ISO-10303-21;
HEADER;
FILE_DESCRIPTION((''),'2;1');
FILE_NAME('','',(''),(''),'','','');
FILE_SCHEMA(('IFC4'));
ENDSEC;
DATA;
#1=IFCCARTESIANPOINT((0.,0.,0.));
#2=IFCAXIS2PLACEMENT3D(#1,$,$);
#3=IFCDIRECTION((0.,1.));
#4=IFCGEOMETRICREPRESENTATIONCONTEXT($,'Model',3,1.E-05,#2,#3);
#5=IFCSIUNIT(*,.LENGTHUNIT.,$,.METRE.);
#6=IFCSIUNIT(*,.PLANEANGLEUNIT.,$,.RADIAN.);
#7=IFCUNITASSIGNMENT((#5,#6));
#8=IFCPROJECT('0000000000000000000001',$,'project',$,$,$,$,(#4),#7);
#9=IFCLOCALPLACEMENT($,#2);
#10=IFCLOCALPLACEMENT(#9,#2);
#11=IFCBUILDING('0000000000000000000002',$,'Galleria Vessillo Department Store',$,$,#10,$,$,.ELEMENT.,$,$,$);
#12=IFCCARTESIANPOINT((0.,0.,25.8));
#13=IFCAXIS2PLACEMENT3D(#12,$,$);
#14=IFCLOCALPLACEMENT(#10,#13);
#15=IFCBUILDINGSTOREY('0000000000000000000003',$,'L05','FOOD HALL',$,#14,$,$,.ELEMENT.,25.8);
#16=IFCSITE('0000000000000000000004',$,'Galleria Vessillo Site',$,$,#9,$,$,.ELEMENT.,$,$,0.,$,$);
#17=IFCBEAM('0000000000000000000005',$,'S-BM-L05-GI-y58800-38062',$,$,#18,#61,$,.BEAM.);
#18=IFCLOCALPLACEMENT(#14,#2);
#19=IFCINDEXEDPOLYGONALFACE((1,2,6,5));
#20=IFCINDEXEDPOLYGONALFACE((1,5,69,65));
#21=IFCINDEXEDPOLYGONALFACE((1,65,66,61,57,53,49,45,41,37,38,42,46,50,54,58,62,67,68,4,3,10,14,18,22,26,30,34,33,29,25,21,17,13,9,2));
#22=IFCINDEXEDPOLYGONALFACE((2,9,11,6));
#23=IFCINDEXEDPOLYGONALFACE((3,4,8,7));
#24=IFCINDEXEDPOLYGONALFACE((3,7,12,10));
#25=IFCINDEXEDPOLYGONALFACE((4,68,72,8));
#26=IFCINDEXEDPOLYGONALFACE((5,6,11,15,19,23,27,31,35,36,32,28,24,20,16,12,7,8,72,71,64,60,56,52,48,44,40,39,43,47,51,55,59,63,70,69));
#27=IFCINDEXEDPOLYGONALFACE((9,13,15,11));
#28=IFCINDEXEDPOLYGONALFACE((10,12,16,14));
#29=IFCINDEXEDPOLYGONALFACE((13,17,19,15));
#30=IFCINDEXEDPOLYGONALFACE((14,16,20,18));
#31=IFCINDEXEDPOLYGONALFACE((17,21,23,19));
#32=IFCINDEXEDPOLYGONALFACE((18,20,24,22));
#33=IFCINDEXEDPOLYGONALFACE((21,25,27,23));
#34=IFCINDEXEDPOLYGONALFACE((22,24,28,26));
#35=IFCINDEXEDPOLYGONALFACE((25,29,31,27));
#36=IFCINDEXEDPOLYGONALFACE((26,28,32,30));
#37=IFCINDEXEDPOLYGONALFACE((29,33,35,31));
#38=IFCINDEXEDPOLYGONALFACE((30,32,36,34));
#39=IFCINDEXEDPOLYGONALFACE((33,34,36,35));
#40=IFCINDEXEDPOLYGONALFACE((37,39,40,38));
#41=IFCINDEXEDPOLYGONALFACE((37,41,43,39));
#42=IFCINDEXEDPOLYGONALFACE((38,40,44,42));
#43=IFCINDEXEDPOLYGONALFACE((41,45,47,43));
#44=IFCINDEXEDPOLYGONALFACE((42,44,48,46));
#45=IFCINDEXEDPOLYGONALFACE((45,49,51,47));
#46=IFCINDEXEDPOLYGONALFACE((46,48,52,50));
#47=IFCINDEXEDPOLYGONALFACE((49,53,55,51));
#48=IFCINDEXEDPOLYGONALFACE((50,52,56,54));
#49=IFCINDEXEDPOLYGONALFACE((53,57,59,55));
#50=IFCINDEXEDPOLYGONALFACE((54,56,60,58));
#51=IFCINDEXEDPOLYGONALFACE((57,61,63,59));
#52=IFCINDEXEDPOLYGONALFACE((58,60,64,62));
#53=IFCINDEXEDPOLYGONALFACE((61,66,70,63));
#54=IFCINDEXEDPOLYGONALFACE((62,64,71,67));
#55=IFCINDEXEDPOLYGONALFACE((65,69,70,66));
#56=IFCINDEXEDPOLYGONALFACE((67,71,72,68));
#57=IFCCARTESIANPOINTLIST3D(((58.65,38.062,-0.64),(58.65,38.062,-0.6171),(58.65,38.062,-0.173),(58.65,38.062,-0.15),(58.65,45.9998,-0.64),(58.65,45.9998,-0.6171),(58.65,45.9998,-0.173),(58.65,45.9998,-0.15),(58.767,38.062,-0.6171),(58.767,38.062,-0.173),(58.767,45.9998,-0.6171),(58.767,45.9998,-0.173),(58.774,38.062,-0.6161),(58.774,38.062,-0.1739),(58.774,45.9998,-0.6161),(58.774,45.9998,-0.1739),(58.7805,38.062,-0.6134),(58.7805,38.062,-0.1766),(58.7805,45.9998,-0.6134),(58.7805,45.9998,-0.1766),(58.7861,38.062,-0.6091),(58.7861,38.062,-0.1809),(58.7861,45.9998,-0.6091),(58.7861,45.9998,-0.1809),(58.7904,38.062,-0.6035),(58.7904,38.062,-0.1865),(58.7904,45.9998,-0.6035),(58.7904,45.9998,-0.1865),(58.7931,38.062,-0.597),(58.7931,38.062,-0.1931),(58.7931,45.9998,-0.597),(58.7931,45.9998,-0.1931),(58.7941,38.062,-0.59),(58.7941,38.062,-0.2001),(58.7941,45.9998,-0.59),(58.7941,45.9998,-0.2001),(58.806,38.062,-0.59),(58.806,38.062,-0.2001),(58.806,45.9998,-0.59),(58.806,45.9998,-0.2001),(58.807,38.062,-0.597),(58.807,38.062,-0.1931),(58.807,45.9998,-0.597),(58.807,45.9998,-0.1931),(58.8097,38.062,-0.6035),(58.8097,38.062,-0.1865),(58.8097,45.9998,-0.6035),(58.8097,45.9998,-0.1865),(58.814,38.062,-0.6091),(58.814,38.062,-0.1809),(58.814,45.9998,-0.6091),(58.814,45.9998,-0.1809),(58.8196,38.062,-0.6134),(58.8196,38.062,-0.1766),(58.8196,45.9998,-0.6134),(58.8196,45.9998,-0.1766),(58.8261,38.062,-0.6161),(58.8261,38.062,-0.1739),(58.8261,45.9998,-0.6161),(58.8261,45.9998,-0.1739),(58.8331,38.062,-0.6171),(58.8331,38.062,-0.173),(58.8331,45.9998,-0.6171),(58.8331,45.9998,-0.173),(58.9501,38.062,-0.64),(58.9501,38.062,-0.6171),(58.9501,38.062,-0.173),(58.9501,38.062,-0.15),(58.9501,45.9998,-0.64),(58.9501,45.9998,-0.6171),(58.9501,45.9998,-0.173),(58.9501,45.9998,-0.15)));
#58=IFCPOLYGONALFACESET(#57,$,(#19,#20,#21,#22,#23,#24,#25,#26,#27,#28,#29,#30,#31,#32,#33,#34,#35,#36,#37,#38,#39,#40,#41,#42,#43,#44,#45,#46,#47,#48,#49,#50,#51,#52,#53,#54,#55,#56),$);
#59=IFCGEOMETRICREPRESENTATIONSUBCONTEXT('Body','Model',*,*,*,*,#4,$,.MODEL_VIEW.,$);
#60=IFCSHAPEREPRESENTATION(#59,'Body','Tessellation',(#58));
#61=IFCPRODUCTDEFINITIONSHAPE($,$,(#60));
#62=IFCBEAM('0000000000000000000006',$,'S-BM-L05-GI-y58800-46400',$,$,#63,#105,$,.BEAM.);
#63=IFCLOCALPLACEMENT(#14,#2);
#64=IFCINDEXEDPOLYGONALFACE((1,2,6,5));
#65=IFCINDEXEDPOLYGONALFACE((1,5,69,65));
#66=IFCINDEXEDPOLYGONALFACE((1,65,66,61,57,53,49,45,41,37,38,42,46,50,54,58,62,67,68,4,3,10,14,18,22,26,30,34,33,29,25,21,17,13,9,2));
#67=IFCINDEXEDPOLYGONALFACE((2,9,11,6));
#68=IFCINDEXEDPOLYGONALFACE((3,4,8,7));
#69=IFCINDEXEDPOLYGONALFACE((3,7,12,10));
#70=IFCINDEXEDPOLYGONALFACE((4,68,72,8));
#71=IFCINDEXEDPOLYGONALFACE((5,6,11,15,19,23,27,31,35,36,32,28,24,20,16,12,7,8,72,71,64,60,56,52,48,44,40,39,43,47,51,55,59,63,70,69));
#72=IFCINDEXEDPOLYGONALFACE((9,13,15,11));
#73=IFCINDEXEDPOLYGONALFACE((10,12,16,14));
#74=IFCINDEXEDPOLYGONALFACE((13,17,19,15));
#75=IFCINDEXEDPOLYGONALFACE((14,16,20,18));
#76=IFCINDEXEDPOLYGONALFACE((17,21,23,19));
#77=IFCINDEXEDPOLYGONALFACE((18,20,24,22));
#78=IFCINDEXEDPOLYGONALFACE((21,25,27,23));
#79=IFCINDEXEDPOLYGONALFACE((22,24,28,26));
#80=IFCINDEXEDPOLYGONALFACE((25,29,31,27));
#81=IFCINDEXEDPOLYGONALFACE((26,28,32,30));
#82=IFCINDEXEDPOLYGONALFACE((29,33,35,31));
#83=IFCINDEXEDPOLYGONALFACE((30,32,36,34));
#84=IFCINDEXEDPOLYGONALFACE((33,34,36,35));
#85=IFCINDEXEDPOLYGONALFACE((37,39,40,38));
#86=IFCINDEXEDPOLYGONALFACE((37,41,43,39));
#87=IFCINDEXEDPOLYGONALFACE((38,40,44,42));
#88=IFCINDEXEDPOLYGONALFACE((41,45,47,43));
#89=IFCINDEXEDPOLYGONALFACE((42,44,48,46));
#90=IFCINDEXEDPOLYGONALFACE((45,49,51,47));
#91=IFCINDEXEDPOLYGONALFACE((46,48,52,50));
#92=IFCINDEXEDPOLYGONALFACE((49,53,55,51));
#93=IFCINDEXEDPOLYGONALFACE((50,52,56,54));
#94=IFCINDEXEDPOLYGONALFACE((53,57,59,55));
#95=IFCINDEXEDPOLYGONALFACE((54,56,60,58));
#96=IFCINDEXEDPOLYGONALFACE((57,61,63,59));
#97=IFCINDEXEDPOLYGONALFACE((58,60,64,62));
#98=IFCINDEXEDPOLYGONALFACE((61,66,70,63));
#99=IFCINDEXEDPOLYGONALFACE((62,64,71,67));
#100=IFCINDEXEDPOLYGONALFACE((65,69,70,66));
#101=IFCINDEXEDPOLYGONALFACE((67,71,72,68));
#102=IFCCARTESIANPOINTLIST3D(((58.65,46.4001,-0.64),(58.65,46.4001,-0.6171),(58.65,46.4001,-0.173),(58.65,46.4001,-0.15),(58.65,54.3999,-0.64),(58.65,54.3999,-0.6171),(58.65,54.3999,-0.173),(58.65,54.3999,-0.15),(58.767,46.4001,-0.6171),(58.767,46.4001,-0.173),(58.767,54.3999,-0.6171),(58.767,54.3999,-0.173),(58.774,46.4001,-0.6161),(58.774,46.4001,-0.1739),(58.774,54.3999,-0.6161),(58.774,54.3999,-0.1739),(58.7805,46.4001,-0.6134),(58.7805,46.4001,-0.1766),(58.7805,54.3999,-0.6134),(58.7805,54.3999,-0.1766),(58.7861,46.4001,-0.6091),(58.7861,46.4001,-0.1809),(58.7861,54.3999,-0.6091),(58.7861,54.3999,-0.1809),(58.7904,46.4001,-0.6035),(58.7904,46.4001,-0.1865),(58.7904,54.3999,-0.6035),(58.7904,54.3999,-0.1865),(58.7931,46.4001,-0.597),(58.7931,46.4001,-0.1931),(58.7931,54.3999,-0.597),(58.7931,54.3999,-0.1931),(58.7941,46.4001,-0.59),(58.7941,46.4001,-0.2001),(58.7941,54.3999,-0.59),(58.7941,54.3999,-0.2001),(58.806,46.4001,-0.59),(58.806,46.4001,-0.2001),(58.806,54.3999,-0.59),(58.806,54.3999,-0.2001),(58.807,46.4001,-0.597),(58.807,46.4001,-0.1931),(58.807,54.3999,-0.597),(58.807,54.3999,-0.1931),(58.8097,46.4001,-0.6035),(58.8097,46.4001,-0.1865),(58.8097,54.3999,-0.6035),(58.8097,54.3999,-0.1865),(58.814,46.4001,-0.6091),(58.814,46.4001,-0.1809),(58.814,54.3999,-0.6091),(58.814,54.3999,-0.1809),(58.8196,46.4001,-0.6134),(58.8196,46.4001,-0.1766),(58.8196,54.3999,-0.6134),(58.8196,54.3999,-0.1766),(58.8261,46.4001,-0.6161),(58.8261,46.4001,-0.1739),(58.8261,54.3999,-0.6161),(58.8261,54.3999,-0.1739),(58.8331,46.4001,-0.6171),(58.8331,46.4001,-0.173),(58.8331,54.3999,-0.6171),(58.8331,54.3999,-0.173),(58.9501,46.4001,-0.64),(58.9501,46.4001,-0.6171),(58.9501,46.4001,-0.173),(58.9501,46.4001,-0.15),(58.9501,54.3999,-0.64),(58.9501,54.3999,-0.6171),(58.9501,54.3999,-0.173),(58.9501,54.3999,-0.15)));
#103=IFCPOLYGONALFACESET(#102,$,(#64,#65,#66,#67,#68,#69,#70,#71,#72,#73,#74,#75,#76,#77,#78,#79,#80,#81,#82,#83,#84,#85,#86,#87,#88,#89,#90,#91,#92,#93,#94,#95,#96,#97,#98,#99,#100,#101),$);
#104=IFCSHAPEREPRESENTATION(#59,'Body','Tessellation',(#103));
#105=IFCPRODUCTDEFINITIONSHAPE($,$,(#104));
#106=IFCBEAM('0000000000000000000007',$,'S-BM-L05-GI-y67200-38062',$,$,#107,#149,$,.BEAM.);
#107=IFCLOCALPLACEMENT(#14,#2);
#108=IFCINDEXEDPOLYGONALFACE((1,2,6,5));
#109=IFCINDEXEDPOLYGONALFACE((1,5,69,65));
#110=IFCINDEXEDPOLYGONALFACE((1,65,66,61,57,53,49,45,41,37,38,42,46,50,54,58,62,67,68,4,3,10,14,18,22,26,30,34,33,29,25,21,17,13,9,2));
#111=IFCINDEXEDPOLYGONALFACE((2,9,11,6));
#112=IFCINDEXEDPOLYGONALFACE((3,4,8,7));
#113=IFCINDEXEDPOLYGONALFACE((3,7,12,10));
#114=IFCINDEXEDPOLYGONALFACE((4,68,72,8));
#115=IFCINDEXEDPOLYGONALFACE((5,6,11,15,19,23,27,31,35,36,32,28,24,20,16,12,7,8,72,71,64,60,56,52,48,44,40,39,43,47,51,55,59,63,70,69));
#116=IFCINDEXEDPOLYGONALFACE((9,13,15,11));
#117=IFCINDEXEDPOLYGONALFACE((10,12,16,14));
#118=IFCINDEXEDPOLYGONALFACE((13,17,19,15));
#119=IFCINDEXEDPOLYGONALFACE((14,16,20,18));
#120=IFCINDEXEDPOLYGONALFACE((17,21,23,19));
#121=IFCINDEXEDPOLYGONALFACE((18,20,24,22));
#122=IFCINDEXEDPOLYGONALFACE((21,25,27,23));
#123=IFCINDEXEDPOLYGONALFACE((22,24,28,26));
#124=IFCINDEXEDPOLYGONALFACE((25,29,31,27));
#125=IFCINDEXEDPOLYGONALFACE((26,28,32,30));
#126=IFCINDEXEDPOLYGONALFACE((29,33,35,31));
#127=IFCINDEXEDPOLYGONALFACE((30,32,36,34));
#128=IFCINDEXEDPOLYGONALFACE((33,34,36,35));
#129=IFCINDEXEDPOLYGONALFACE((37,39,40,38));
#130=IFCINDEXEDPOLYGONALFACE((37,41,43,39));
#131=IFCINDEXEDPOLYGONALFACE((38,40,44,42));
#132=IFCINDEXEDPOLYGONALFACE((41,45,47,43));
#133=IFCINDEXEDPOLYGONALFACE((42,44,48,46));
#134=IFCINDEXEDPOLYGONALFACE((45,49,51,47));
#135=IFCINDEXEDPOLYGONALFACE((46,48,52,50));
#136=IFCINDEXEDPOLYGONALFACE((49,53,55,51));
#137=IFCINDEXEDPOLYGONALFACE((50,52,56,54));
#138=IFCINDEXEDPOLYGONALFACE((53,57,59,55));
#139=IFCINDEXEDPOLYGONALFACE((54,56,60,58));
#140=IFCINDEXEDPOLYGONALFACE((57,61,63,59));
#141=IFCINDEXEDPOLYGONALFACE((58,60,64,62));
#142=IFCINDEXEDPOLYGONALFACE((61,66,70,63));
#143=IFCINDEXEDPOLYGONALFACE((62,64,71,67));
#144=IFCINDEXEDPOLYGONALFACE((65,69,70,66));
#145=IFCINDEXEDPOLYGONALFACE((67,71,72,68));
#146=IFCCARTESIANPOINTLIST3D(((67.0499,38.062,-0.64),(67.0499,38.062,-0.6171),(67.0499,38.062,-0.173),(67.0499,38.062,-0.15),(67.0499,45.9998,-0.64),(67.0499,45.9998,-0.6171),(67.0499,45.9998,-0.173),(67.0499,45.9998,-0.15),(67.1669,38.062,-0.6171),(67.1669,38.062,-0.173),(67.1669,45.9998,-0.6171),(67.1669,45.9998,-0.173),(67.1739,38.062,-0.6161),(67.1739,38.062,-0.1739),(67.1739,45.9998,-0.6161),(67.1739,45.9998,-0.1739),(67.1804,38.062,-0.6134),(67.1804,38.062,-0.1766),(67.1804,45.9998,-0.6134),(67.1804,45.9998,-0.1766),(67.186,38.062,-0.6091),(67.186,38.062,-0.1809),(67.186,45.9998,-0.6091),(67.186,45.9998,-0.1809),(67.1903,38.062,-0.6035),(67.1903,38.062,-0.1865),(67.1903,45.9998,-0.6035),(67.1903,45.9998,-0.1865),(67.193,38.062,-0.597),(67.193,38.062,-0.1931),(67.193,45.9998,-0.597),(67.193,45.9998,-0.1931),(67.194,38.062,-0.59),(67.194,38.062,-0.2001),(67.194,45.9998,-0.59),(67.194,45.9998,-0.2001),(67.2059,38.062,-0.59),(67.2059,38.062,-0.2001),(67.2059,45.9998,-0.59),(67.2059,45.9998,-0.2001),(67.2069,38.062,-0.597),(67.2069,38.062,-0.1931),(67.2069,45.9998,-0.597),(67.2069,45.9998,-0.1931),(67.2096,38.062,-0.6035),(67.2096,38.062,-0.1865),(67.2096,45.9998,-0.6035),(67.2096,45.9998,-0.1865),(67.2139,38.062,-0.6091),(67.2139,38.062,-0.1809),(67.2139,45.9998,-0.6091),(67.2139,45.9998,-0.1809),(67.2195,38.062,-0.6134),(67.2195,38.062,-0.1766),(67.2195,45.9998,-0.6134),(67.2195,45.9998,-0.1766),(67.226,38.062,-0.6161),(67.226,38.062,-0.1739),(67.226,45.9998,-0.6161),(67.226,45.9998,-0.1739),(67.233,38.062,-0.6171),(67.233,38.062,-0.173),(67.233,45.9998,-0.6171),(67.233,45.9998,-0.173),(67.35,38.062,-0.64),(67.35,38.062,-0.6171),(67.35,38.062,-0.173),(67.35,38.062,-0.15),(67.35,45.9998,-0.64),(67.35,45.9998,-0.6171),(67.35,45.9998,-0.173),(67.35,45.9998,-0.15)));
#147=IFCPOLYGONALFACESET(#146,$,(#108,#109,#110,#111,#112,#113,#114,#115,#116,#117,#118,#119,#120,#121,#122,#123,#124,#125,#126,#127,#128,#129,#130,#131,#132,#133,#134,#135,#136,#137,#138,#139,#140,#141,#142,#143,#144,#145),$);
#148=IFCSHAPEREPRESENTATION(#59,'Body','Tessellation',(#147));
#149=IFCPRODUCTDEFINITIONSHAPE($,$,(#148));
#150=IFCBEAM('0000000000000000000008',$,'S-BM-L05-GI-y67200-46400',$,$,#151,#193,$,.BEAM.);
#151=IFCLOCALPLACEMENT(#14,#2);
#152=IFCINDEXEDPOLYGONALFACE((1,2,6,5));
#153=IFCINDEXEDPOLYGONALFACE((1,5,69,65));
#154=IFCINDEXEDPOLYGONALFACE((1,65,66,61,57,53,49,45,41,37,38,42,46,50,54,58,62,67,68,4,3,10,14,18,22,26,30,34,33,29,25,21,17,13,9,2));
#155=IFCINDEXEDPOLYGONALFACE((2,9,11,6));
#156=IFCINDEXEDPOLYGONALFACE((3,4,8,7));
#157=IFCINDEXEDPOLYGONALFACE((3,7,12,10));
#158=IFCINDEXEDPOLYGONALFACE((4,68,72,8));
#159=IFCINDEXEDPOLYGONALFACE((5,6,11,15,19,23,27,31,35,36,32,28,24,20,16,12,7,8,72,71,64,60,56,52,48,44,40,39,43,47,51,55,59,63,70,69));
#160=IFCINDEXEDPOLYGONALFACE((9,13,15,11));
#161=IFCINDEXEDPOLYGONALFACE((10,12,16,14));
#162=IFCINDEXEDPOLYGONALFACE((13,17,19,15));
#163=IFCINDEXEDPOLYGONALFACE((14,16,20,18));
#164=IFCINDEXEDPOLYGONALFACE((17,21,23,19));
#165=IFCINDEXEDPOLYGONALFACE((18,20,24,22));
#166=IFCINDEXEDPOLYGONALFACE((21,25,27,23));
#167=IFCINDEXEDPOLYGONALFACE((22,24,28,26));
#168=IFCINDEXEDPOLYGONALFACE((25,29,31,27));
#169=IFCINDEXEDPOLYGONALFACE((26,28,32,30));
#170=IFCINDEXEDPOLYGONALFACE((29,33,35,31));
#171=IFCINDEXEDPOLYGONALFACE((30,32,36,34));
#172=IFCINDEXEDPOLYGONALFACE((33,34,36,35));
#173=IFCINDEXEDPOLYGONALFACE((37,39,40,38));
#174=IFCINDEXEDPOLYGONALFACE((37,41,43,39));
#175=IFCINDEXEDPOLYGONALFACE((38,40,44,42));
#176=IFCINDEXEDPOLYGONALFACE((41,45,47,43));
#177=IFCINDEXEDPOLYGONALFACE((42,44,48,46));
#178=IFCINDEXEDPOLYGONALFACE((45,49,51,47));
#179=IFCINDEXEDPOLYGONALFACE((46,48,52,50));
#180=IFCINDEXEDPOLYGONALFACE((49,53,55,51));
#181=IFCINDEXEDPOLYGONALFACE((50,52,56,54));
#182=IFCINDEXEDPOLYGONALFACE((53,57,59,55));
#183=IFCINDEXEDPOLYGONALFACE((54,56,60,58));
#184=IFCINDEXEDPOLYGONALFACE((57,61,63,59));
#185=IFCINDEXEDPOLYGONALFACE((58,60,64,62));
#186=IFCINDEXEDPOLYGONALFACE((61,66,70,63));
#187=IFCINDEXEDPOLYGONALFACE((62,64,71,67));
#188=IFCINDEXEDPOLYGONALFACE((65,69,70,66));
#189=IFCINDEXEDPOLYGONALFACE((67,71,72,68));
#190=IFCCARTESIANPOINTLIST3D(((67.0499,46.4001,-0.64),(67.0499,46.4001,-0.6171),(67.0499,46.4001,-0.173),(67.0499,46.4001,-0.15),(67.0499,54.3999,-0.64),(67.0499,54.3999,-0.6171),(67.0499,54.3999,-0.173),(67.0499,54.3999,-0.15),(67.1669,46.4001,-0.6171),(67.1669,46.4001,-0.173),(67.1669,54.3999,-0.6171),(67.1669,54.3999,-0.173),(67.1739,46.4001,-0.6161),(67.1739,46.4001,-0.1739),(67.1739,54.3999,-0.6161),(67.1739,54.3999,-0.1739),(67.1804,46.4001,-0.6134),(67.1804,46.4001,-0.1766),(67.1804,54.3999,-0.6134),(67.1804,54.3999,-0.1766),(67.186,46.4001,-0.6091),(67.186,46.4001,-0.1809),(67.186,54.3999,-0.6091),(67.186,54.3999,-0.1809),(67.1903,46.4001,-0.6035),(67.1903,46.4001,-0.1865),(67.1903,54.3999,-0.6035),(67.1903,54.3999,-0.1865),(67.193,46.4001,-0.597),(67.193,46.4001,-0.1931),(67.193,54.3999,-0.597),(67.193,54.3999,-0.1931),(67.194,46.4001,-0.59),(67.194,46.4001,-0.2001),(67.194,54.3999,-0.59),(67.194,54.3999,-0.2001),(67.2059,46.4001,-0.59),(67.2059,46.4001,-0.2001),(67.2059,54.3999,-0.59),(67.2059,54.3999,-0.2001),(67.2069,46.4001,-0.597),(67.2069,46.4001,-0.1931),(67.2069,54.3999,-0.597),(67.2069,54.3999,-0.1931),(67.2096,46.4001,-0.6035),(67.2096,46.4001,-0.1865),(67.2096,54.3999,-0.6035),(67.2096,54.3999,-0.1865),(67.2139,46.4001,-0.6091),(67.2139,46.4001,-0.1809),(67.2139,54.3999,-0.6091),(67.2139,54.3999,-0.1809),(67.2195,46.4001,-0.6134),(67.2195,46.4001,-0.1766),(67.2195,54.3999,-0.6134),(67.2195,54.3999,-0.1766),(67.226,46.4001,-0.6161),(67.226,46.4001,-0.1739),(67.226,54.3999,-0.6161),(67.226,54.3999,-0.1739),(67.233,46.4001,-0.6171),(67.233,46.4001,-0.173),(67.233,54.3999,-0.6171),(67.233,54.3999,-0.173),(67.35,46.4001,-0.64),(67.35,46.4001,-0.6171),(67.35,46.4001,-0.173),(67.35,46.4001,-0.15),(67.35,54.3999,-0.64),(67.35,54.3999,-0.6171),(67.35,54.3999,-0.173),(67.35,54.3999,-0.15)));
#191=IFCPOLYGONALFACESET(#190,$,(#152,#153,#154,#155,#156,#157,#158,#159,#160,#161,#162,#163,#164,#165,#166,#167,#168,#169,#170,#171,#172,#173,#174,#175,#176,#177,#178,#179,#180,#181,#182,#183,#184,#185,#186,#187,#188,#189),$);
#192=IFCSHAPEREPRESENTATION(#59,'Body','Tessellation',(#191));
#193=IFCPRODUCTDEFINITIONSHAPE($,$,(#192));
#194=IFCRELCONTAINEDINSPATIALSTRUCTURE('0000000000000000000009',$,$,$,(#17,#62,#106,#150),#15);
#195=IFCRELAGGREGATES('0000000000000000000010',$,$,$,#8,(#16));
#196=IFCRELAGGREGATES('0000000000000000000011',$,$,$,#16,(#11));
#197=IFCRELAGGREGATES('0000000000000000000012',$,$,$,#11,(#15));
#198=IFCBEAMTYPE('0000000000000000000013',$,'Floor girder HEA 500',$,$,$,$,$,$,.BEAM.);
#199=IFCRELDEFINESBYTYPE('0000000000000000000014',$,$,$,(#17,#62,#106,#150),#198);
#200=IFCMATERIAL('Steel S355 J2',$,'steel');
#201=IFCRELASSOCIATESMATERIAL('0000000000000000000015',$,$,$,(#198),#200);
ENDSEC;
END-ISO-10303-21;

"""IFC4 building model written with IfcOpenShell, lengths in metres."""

from ifc_helpers import new_model, si_unit, direction, frame, origin, origin_2d, place, context, subcontext, project, spatial, i_section, extrude, material, material_profile, profile_set, type_object, element, save


model = new_model("IFC4")

# Units and contexts
model_context = context("Model", 3, precision=1e-05, world=origin(), true_north=direction((0.0, 1.0)))
body_context = subcontext(model_context, "Body", "Model", "MODEL_VIEW")
ifc_project = project(units=[si_unit("LENGTHUNIT", "METRE"), si_unit("PLANEANGLEUNIT", "RADIAN")], contexts=[model_context])

# Site, building, storey
site_placement = place(None, origin())
site = spatial("IfcSite", under=ifc_project, at=site_placement, Name="Galleria Vessillo Site", CompositionType="ELEMENT", RefElevation=0.0)
building_placement = place(site_placement, origin())
building = spatial("IfcBuilding", under=site, at=building_placement, Name="Galleria Vessillo Department Store", CompositionType="ELEMENT")
storey_placement = place(building_placement, frame((0.0, 0.0, 25.8)))
storey = spatial("IfcBuildingStorey", under=building, at=storey_placement, Name="L05", Description="FOOD HALL", CompositionType="ELEMENT", Elevation=25.8)

# Beams
ifc_material_1 = material(Name="Steel S355 J2", Category="steel")
ifc_material_profile_1 = material_profile(ifc_material_1, i_section(OverallWidth=0.3, OverallDepth=0.49, WebThickness=0.012, FlangeThickness=0.0229, FilletRadius=0.0271, at=origin_2d()), Name="HEA 500")
ifc_profile_set_1 = profile_set([ifc_material_profile_1], Name="Steel S355 J2")
beam_type_1 = type_object("IfcBeamType", Name="Floor girder HEA 500", PredefinedType="BEAM", material=ifc_profile_set_1)
beam_1_placement = place(storey_placement, frame((58.8, 38.062, -0.395), z_axis=(0.0, 1.0, 0.0), x_axis=(-1.0, 0.0, 0.0)))
element("IfcBeam", 1, at=beam_1_placement, inside=storey, type_object=beam_type_1, Name="S-BM-L05-GI-y58800-38062", PredefinedType="BEAM", context=body_context, shape_type="SweptSolid", body=[
    extrude(i_section(OverallWidth=0.3, OverallDepth=0.49, WebThickness=0.012, FlangeThickness=0.0229, FilletRadius=0.0271, at=origin_2d()), origin(), (0.0, 0.0, 1.0), 7.9377),
])
beam_2_placement = place(storey_placement, frame((58.8, 46.4001, -0.395), z_axis=(0.0, 1.0, 0.0), x_axis=(-1.0, 0.0, 0.0)))
element("IfcBeam", 2, at=beam_2_placement, inside=storey, type_object=beam_type_1, Name="S-BM-L05-GI-y58800-46400", PredefinedType="BEAM", context=body_context, shape_type="SweptSolid", body=[
    extrude(i_section(OverallWidth=0.3, OverallDepth=0.49, WebThickness=0.012, FlangeThickness=0.0229, FilletRadius=0.0271, at=origin_2d()), origin(), (0.0, 0.0, 1.0), 7.9998),
])
beam_3_placement = place(storey_placement, frame((67.2, 38.062, -0.395), z_axis=(0.0, 1.0, 0.0), x_axis=(-1.0, 0.0, 0.0)))
element("IfcBeam", 3, at=beam_3_placement, inside=storey, type_object=beam_type_1, Name="S-BM-L05-GI-y67200-38062", PredefinedType="BEAM", context=body_context, shape_type="SweptSolid", body=[
    extrude(i_section(OverallWidth=0.3, OverallDepth=0.49, WebThickness=0.012, FlangeThickness=0.0229, FilletRadius=0.0271, at=origin_2d()), origin(), (0.0, 0.0, 1.0), 7.9377),
])
beam_4_placement = place(storey_placement, frame((67.2, 46.4001, -0.395), z_axis=(0.0, 1.0, 0.0), x_axis=(-1.0, 0.0, 0.0)))
element("IfcBeam", 4, at=beam_4_placement, inside=storey, type_object=beam_type_1, Name="S-BM-L05-GI-y67200-46400", PredefinedType="BEAM", context=body_context, shape_type="SweptSolid", body=[
    extrude(i_section(OverallWidth=0.3, OverallDepth=0.49, WebThickness=0.012, FlangeThickness=0.0229, FilletRadius=0.0271, at=origin_2d()), origin(), (0.0, 0.0, 1.0), 7.9998),
])

save(model, "model.ifc")
